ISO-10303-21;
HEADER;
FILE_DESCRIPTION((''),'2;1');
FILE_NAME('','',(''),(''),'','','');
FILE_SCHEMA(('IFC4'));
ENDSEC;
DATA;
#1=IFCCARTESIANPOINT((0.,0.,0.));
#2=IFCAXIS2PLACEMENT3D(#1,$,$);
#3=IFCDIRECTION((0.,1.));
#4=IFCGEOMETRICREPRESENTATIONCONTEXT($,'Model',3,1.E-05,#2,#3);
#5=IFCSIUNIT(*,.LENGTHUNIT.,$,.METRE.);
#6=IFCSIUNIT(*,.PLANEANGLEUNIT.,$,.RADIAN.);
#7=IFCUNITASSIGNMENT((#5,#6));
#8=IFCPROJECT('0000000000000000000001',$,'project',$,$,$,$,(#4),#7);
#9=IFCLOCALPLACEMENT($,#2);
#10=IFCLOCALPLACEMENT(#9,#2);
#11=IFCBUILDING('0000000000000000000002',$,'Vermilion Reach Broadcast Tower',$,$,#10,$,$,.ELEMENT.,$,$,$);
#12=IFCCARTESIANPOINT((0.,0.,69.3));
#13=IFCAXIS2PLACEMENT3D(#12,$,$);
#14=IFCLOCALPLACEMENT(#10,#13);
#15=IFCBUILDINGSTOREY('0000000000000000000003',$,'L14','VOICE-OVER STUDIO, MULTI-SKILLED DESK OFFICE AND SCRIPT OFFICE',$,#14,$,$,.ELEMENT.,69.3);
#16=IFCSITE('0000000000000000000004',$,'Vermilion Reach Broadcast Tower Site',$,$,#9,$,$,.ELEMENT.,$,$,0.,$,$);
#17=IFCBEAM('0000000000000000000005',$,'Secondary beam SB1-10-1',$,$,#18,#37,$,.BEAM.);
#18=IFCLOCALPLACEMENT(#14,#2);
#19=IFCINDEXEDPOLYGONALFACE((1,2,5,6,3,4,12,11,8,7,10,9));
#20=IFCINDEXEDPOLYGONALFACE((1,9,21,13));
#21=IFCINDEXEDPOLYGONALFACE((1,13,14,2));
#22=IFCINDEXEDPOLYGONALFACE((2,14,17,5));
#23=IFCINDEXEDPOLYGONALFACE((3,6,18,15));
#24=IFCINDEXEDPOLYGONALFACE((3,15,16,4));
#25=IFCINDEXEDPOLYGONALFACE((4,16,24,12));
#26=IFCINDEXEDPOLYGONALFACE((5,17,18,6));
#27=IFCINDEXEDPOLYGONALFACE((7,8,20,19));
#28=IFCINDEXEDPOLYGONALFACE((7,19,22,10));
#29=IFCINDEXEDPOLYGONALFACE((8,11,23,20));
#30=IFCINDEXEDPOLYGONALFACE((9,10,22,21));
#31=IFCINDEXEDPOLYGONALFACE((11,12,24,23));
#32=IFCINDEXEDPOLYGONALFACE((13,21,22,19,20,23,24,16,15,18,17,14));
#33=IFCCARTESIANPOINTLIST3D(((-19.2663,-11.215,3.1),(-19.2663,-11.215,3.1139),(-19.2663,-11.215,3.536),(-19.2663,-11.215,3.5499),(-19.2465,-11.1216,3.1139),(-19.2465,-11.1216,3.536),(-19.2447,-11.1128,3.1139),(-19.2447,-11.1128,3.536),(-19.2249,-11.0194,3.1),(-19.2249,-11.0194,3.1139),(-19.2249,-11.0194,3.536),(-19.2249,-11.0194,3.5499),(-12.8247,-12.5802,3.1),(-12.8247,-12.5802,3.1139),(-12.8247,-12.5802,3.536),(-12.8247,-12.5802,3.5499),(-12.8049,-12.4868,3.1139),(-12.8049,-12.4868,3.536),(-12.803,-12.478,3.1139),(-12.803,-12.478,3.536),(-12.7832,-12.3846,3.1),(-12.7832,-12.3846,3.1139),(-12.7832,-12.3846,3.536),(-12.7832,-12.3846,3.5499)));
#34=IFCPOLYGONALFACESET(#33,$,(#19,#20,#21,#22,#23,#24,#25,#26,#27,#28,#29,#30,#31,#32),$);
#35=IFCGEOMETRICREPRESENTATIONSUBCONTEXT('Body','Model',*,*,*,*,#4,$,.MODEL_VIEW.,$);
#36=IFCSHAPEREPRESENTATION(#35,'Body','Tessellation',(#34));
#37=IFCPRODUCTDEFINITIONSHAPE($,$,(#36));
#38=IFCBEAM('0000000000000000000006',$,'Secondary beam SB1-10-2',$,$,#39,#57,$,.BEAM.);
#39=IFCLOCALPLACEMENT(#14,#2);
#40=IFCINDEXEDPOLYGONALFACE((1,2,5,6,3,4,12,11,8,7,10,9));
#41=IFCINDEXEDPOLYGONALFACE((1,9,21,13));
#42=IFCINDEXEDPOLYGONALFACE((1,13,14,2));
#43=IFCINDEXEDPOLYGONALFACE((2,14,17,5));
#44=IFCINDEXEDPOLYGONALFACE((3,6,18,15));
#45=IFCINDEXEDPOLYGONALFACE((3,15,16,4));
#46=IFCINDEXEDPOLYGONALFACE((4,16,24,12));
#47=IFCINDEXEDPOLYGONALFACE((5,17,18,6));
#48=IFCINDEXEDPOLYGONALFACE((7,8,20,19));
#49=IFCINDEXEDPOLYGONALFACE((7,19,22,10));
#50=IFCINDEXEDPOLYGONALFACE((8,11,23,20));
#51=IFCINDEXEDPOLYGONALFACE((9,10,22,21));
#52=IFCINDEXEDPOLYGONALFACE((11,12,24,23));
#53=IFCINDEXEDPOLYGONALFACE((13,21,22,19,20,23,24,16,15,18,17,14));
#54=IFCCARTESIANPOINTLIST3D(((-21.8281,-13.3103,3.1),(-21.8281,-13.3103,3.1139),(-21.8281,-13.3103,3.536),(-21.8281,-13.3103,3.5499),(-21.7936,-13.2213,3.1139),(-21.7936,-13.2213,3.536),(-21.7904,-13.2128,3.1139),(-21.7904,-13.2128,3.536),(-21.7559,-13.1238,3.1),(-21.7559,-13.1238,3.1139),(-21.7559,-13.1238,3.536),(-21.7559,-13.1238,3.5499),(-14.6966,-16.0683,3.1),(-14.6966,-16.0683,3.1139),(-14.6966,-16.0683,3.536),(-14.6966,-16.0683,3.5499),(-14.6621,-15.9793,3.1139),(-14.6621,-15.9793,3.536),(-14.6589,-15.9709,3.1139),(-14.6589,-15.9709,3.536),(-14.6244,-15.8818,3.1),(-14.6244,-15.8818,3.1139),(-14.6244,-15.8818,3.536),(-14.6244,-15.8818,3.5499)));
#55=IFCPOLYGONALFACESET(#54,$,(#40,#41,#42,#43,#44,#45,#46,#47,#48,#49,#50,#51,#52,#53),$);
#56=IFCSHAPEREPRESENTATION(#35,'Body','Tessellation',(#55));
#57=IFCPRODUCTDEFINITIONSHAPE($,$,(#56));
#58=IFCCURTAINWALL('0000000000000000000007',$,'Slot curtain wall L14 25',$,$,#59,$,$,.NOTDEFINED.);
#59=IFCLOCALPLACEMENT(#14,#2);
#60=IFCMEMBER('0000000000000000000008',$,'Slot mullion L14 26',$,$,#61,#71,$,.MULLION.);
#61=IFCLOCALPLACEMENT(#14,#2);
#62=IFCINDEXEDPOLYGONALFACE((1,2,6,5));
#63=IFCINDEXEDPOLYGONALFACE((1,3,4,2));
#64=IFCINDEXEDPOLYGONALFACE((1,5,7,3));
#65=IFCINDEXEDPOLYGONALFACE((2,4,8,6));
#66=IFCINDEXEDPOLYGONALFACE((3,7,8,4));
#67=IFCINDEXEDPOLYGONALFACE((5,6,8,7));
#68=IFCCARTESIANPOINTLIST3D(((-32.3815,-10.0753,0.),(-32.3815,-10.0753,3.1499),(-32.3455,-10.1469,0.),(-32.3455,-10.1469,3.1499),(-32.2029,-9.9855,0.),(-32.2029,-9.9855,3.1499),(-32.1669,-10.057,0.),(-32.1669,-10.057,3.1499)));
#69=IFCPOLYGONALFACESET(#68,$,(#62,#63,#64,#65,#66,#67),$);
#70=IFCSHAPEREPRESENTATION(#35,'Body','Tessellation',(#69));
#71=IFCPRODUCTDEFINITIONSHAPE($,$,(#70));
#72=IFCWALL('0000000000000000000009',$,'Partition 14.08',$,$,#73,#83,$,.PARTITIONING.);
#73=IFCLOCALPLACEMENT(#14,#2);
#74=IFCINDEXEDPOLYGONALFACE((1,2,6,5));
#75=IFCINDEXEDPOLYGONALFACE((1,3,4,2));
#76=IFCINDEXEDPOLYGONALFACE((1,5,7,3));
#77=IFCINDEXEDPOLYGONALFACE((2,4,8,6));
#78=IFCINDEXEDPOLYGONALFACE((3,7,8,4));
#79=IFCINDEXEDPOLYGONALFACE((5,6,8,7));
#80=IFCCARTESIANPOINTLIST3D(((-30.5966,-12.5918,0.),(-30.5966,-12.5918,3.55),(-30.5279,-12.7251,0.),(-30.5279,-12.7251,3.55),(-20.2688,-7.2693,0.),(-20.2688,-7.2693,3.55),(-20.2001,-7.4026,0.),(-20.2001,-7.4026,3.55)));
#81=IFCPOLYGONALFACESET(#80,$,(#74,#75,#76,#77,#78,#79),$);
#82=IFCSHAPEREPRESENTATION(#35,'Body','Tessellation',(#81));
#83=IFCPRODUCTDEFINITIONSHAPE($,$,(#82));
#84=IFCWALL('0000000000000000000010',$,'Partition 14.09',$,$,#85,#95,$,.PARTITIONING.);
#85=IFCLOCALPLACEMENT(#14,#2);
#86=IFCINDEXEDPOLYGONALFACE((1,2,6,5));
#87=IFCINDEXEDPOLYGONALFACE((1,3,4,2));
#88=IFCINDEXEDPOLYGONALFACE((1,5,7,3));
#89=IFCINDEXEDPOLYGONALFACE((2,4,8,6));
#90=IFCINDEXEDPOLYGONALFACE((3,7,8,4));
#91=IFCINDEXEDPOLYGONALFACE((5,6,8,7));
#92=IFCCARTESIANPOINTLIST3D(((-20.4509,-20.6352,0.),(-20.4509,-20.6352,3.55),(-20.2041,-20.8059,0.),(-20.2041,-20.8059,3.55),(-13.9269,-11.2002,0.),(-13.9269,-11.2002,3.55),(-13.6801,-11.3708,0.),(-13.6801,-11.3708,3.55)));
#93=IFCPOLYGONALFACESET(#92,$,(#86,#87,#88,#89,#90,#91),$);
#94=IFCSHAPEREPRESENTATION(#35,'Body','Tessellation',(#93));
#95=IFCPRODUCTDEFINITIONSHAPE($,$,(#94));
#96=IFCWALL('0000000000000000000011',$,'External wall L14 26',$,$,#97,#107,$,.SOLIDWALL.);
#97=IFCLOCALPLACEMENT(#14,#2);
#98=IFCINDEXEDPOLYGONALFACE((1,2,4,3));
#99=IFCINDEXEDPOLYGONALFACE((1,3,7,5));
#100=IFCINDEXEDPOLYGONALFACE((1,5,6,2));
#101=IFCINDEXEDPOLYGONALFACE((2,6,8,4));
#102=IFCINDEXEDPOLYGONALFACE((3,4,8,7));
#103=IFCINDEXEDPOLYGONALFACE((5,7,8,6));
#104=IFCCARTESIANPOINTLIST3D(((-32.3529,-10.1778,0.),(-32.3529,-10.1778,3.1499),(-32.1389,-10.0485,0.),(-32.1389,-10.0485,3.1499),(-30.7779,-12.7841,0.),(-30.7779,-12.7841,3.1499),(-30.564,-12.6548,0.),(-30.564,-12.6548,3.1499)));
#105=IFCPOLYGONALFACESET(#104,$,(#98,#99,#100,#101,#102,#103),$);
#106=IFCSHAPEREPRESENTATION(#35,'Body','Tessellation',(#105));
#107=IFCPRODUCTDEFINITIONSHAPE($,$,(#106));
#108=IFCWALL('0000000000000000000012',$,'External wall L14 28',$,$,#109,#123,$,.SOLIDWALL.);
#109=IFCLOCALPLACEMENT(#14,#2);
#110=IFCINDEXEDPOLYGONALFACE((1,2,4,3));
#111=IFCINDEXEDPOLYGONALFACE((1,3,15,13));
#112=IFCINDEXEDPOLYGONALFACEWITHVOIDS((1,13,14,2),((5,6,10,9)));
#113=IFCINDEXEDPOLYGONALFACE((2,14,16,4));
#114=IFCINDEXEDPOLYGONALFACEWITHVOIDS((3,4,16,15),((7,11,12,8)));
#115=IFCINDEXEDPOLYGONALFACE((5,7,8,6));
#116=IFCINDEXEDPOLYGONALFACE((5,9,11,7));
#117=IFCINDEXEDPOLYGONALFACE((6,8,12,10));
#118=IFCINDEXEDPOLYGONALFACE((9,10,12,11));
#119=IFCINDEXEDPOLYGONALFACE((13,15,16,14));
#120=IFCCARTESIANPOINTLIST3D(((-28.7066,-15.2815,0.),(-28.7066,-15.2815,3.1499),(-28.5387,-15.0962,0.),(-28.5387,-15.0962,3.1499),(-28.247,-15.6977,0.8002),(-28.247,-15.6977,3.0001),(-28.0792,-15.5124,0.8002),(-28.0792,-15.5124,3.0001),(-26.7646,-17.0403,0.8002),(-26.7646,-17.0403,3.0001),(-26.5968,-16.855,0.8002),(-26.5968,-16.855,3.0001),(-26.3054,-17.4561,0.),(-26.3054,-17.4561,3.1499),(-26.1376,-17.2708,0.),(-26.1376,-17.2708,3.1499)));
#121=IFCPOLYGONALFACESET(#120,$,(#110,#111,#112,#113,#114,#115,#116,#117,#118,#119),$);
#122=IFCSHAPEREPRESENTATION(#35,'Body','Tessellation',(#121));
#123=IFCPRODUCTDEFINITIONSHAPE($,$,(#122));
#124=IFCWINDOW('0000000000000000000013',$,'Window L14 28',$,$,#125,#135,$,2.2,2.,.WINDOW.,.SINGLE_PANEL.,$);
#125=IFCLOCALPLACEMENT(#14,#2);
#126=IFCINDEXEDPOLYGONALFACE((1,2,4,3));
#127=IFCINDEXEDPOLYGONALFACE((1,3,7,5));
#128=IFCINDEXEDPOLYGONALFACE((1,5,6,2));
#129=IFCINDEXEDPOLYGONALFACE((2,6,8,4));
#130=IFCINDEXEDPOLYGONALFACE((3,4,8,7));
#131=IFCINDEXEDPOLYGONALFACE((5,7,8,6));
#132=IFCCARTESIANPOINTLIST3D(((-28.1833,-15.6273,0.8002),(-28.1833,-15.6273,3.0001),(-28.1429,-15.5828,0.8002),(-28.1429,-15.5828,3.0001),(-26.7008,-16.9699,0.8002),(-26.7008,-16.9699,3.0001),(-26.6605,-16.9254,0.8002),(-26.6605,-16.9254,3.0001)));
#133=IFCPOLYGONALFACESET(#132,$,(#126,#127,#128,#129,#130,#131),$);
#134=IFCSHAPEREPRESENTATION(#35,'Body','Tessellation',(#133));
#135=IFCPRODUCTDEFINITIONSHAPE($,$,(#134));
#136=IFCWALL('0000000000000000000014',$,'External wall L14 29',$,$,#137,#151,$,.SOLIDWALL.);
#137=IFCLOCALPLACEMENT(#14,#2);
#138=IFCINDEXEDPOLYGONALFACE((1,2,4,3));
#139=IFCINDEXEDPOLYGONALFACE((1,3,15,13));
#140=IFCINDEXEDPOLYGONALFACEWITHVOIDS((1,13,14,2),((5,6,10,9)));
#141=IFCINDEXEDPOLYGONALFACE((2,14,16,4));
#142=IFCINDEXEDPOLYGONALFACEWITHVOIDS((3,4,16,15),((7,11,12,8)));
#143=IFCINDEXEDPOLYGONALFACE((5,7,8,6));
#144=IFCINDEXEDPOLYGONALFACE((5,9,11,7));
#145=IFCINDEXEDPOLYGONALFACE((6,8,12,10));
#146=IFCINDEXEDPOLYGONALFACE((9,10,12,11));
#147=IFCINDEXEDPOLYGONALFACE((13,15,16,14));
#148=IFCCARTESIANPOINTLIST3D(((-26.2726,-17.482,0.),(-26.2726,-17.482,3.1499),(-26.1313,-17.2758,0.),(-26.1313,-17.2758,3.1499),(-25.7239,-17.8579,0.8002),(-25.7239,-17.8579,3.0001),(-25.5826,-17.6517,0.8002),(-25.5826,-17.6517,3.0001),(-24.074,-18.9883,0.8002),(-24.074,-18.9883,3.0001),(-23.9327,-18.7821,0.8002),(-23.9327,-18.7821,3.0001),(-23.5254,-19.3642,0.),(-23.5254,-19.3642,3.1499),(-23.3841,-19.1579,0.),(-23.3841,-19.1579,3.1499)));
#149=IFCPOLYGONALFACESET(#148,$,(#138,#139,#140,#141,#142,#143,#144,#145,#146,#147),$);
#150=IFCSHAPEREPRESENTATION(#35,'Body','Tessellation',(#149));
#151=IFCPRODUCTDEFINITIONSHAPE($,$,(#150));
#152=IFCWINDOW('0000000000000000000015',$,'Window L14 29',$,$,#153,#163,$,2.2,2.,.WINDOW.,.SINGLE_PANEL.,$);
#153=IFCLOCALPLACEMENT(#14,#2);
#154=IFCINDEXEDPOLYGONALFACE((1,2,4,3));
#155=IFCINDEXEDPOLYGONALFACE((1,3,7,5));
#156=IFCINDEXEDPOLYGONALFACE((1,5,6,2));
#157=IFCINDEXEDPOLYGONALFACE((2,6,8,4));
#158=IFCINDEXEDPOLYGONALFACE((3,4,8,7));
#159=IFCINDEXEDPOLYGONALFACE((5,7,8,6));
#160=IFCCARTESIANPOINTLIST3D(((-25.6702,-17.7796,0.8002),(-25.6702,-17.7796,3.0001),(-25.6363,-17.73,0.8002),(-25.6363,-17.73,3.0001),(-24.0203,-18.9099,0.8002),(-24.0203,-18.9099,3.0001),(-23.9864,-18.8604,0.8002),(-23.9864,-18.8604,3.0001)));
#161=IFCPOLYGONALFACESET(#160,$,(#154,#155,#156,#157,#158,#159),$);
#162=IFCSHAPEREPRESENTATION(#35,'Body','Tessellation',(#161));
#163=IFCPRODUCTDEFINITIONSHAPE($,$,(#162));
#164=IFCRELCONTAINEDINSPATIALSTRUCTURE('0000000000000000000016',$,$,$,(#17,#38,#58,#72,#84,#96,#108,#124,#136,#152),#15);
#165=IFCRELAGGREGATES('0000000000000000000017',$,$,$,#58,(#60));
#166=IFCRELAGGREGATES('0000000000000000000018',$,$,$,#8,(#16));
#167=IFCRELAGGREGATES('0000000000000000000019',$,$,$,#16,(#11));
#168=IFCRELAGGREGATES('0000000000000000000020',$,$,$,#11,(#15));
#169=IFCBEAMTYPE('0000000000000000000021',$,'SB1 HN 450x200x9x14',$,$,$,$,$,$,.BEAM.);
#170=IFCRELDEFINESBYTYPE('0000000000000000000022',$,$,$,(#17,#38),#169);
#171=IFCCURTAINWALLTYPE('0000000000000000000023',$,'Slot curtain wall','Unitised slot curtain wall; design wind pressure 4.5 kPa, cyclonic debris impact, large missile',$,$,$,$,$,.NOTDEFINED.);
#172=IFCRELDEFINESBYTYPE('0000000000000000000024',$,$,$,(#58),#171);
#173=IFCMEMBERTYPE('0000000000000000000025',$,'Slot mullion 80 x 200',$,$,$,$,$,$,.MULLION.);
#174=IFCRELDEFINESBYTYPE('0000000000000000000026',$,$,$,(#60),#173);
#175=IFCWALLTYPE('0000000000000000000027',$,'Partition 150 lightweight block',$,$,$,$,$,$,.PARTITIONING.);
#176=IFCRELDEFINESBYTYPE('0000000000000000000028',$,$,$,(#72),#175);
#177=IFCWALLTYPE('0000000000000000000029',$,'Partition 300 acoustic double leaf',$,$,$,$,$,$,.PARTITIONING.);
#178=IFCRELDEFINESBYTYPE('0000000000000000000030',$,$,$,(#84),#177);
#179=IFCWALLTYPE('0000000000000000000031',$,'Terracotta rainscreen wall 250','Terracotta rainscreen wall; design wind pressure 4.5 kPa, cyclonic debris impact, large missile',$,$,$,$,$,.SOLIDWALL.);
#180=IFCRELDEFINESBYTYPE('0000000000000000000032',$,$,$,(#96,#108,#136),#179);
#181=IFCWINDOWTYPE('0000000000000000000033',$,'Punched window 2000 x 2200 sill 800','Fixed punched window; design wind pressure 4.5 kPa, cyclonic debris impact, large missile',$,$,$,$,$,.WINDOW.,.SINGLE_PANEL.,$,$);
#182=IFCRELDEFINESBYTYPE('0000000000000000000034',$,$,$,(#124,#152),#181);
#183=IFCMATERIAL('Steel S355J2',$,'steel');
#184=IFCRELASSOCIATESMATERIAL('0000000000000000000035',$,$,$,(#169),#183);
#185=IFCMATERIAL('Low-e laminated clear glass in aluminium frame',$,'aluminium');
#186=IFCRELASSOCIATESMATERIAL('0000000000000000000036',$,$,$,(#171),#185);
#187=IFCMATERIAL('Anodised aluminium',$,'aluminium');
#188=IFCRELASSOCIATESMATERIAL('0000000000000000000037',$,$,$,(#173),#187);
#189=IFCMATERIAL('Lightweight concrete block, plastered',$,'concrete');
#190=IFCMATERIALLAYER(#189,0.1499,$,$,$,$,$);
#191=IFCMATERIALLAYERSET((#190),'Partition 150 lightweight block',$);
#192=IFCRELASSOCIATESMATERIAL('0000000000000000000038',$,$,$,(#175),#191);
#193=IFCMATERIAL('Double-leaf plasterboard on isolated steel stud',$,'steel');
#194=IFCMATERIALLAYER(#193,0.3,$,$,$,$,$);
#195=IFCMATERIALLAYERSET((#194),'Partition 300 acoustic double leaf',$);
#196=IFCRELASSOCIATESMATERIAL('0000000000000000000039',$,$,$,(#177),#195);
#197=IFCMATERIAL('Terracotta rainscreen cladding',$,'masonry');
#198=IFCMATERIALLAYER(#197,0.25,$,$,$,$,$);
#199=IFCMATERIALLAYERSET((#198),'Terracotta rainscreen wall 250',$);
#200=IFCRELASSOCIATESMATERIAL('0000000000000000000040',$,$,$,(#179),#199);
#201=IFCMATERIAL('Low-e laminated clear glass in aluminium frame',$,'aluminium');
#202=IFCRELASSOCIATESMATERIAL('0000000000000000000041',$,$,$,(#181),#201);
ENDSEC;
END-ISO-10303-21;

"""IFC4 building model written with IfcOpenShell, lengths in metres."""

from ifc_helpers import new_model, si_unit, direction, frame, frame_2d, origin, origin_2d, place, context, subcontext, project, spatial, rectangle, i_section, extrude, material, layer, layer_set, material_profile, profile_set, type_object, element, fill, aggregate, save


model = new_model("IFC4")

# Units and contexts
model_context = context("Model", 3, precision=1e-05, world=origin(), true_north=direction((0.0, 1.0)))
body_context = subcontext(model_context, "Body", "Model", "MODEL_VIEW")
ifc_project = project(units=[si_unit("LENGTHUNIT", "METRE"), si_unit("PLANEANGLEUNIT", "RADIAN")], contexts=[model_context])

# Site, building, storey
site_placement = place(None, origin())
site = spatial("IfcSite", under=ifc_project, at=site_placement, Name="Vermilion Reach Broadcast Tower Site", CompositionType="ELEMENT", RefElevation=0.0)
building_placement = place(site_placement, origin())
building = spatial("IfcBuilding", under=site, at=building_placement, Name="Vermilion Reach Broadcast Tower", CompositionType="ELEMENT")
storey_placement = place(building_placement, frame((0.0, 0.0, 69.3)))
storey = spatial("IfcBuildingStorey", under=building, at=storey_placement, Name="L14", Description="VOICE-OVER STUDIO, MULTI-SKILLED DESK OFFICE AND SCRIPT OFFICE", CompositionType="ELEMENT", Elevation=69.3)

# Beams
ifc_material_1 = material(Name="Steel S355J2", Category="steel")
ifc_material_profile_1 = material_profile(ifc_material_1, i_section(OverallWidth=0.2, OverallDepth=0.45, WebThickness=0.009, FlangeThickness=0.0139, at=origin_2d()), Name="S355J2 HN 450x200x9x14")
ifc_profile_set_1 = profile_set([ifc_material_profile_1], Name="Steel S355J2")
beam_type_1 = type_object("IfcBeamType", Name="SB1 HN 450x200x9x14", PredefinedType="BEAM", material=ifc_profile_set_1)
beam_1_placement = place(storey_placement, frame((-19.2456, -11.1172, 3.325), z_axis=(0.97827, -0.207333, 0.0), x_axis=(0.207333, 0.97827, 0.0)))
element("IfcBeam", 1, at=beam_1_placement, inside=storey, type_object=beam_type_1, Name="Secondary beam SB1-10-1", PredefinedType="BEAM", context=body_context, shape_type="SweptSolid", body=[
    extrude(i_section(OverallWidth=0.2, OverallDepth=0.45, WebThickness=0.009, FlangeThickness=0.0139, at=origin_2d()), origin(), (0.0, 0.0, 1.0), 6.5847),
])
beam_2_placement = place(storey_placement, frame((-21.792, -13.217, 3.325), z_axis=(0.932681, -0.360703, 0.0), x_axis=(0.360703, 0.932681, 0.0)))
element("IfcBeam", 2, at=beam_2_placement, inside=storey, type_object=beam_type_1, Name="Secondary beam SB1-10-2", PredefinedType="BEAM", context=body_context, shape_type="SweptSolid", body=[
    extrude(i_section(OverallWidth=0.2, OverallDepth=0.45, WebThickness=0.009, FlangeThickness=0.0139, at=origin_2d()), origin(), (0.0, 0.0, 1.0), 7.6462),
])

# Curtain wall, member
ifc_material_2 = material(Name="Low-e laminated clear glass in aluminium frame", Category="aluminium")
curtain_wall_type = type_object("IfcCurtainWallType", Name="Slot curtain wall", Description="Unitised slot curtain wall; design wind pressure 4.5 kPa, cyclonic debris impact, large missile", PredefinedType="NOTDEFINED", material=ifc_material_2)
curtain_wall_placement = place(storey_placement, origin())
curtain_wall = element("IfcCurtainWall", 3, at=curtain_wall_placement, inside=storey, type_object=curtain_wall_type, Name="Slot curtain wall L14 25", PredefinedType="NOTDEFINED")
ifc_material_3 = material(Name="Anodised aluminium", Category="aluminium")
ifc_material_profile_2 = material_profile(ifc_material_3, rectangle(XDim=0.2, YDim=0.0801, at=origin_2d()), Name="Slot mullion 80 x 200")
ifc_profile_set_2 = profile_set([ifc_material_profile_2], Name="Anodised aluminium")
member_type = type_object("IfcMemberType", Name="Slot mullion 80 x 200", PredefinedType="MULLION", material=ifc_profile_set_2)
member_placement = place(storey_placement, frame((-32.2742, -10.0662, 0.0), z_axis=(0.0, 0.0, 1.0), x_axis=(0.893266, 0.449528, 0.0)))
member = element("IfcMember", 4, at=member_placement, type_object=member_type, Name="Slot mullion L14 26", PredefinedType="MULLION", context=body_context, shape_type="SweptSolid", body=[
    extrude(rectangle(XDim=0.2, YDim=0.0801, at=origin_2d()), origin(), (0.0, 0.0, 1.0), 3.1499),
])
aggregate(curtain_wall, [member])

# Walls
ifc_material_4 = material(Name="Lightweight concrete block, plastered", Category="concrete")
ifc_layer_1 = layer(ifc_material_4, 0.1499)
ifc_layer_set_1 = layer_set([ifc_layer_1], Name="Partition 150 lightweight block")
wall_type_1 = type_object("IfcWallType", Name="Partition 150 lightweight block", PredefinedType="PARTITIONING", material=ifc_layer_set_1)
wall_1_placement = place(storey_placement, frame((-30.5623, -12.6584, 0.0), z_axis=(0.0, 0.0, 1.0), x_axis=(0.888901, 0.458098, 0.0)))
element("IfcWall", 5, at=wall_1_placement, inside=storey, type_object=wall_type_1, Name="Partition 14.08", PredefinedType="PARTITIONING", context=body_context, shape_type="SweptSolid", body=[
    extrude(rectangle(XDim=11.6187, YDim=0.1499, at=frame_2d((5.8093, 0.0))), origin(), (0.0, 0.0, 1.0), 3.55),
])
ifc_material_5 = material(Name="Double-leaf plasterboard on isolated steel stud", Category="steel")
ifc_layer_2 = layer(ifc_material_5, 0.3)
ifc_layer_set_2 = layer_set([ifc_layer_2], Name="Partition 300 acoustic double leaf")
wall_type_2 = type_object("IfcWallType", Name="Partition 300 acoustic double leaf", PredefinedType="PARTITIONING", material=ifc_layer_set_2)
wall_2_placement = place(storey_placement, frame((-20.3274, -20.7205, 0.0), z_axis=(0.0, 0.0, 1.0), x_axis=(0.568736, 0.82252, 0.0)))
element("IfcWall", 6, at=wall_2_placement, inside=storey, type_object=wall_type_2, Name="Partition 14.09", PredefinedType="PARTITIONING", context=body_context, shape_type="SweptSolid", body=[
    extrude(rectangle(XDim=11.4709, YDim=0.3, at=frame_2d((5.7354, 0.0))), origin(), (0.0, 0.0, 1.0), 3.55),
])
ifc_material_6 = material(Name="Terracotta rainscreen cladding", Category="masonry")
ifc_layer_3 = layer(ifc_material_6, 0.25)
ifc_layer_set_3 = layer_set([ifc_layer_3], Name="Terracotta rainscreen wall 250")
wall_type_3 = type_object("IfcWallType", Name="Terracotta rainscreen wall 250", Description="Terracotta rainscreen wall; design wind pressure 4.5 kPa, cyclonic debris impact, large missile", PredefinedType="SOLIDWALL", material=ifc_layer_set_3)
wall_3_placement = place(storey_placement, frame((-32.2458, -10.1133, 0.0), z_axis=(0.0, 0.0, 1.0), x_axis=(0.517205, -0.855862, 0.0)))
element("IfcWall", 7, at=wall_3_placement, inside=storey, type_object=wall_type_3, Name="External wall L14 26", PredefinedType="SOLIDWALL", context=body_context, shape_type="SweptSolid", body=[
    extrude(rectangle(XDim=3.0452, YDim=0.25, at=frame_2d((1.5225, 0.0))), origin(), (0.0, 0.0, 1.0), 3.1499),
])

# Walls, openings, windows
wall_4_placement = place(storey_placement, frame((-28.6226, -15.189, 0.0), z_axis=(0.0, 0.0, 1.0), x_axis=(0.741211, -0.671272, 0.0)))
wall_4 = element("IfcWall", 8, at=wall_4_placement, inside=storey, type_object=wall_type_3, Name="External wall L14 28", PredefinedType="SOLIDWALL", context=body_context, shape_type="SweptSolid", body=[
    extrude(rectangle(XDim=3.2395, YDim=0.25, at=frame_2d((1.6196, 0.0))), origin(), (0.0, 0.0, 1.0), 3.1499),
])
opening_1_placement = place(wall_4_placement, frame((0.6199, 0.0, 0.8)))
opening_1 = element("IfcOpeningElement", 9, at=opening_1_placement, cuts=wall_4, PredefinedType="OPENING", context=body_context, shape_type="SweptSolid", body=[
    extrude(rectangle(XDim=2.0, YDim=2.2, at=frame_2d((1.0, 1.1001))), frame((0.0, 0.135, 0.0), z_axis=(0.0, -1.0, 0.0), x_axis=(1.0, 0.0, 0.0)), (0.0, 0.0, 1.0), 0.27),
])
ifc_material_7 = material(Name="Low-e laminated clear glass in aluminium frame", Category="aluminium")
window_type = type_object("IfcWindowType", Name="Punched window 2000 x 2200 sill 800", Description="Fixed punched window; design wind pressure 4.5 kPa, cyclonic debris impact, large missile", PartitioningType="SINGLE_PANEL", PredefinedType="WINDOW", material=ifc_material_7)
window_1_placement = place(opening_1_placement, origin())
window_1 = element("IfcWindow", 10, at=window_1_placement, inside=storey, type_object=window_type, Name="Window L14 28", OverallHeight=2.2, OverallWidth=2.0, PartitioningType="SINGLE_PANEL", PredefinedType="WINDOW", context=body_context, shape_type="SweptSolid", body=[
    extrude(rectangle(XDim=2.0, YDim=2.2, at=frame_2d((1.0, 1.1001))), frame((0.0, 0.03, 0.0), z_axis=(0.0, -1.0, 0.0), x_axis=(1.0, 0.0, 0.0)), (0.0, 0.0, 1.0), 0.0601),
])
fill(opening_1, window_1)
wall_5_placement = place(storey_placement, frame((-26.2019, -17.3789, 0.0), z_axis=(0.0, 0.0, 1.0), x_axis=(0.824956, -0.565196, 0.0)))
wall_5 = element("IfcWall", 11, at=wall_5_placement, inside=storey, type_object=wall_type_3, Name="External wall L14 29", PredefinedType="SOLIDWALL", context=body_context, shape_type="SweptSolid", body=[
    extrude(rectangle(XDim=3.3301, YDim=0.25, at=frame_2d((1.665, 0.0))), origin(), (0.0, 0.0, 1.0), 3.1499),
])
opening_2_placement = place(wall_5_placement, frame((0.665, 0.0, 0.8)))
opening_2 = element("IfcOpeningElement", 12, at=opening_2_placement, cuts=wall_5, PredefinedType="OPENING", context=body_context, shape_type="SweptSolid", body=[
    extrude(rectangle(XDim=2.0, YDim=2.2, at=frame_2d((1.0, 1.1001))), frame((0.0, 0.135, 0.0), z_axis=(0.0, -1.0, 0.0), x_axis=(1.0, 0.0, 0.0)), (0.0, 0.0, 1.0), 0.27),
])
window_2_placement = place(opening_2_placement, origin())
window_2 = element("IfcWindow", 13, at=window_2_placement, inside=storey, type_object=window_type, Name="Window L14 29", OverallHeight=2.2, OverallWidth=2.0, PartitioningType="SINGLE_PANEL", PredefinedType="WINDOW", context=body_context, shape_type="SweptSolid", body=[
    extrude(rectangle(XDim=2.0, YDim=2.2, at=frame_2d((1.0, 1.1001))), frame((0.0, 0.03, 0.0), z_axis=(0.0, -1.0, 0.0), x_axis=(1.0, 0.0, 0.0)), (0.0, 0.0, 1.0), 0.0601),
])
fill(opening_2, window_2)

save(model, "model.ifc")
